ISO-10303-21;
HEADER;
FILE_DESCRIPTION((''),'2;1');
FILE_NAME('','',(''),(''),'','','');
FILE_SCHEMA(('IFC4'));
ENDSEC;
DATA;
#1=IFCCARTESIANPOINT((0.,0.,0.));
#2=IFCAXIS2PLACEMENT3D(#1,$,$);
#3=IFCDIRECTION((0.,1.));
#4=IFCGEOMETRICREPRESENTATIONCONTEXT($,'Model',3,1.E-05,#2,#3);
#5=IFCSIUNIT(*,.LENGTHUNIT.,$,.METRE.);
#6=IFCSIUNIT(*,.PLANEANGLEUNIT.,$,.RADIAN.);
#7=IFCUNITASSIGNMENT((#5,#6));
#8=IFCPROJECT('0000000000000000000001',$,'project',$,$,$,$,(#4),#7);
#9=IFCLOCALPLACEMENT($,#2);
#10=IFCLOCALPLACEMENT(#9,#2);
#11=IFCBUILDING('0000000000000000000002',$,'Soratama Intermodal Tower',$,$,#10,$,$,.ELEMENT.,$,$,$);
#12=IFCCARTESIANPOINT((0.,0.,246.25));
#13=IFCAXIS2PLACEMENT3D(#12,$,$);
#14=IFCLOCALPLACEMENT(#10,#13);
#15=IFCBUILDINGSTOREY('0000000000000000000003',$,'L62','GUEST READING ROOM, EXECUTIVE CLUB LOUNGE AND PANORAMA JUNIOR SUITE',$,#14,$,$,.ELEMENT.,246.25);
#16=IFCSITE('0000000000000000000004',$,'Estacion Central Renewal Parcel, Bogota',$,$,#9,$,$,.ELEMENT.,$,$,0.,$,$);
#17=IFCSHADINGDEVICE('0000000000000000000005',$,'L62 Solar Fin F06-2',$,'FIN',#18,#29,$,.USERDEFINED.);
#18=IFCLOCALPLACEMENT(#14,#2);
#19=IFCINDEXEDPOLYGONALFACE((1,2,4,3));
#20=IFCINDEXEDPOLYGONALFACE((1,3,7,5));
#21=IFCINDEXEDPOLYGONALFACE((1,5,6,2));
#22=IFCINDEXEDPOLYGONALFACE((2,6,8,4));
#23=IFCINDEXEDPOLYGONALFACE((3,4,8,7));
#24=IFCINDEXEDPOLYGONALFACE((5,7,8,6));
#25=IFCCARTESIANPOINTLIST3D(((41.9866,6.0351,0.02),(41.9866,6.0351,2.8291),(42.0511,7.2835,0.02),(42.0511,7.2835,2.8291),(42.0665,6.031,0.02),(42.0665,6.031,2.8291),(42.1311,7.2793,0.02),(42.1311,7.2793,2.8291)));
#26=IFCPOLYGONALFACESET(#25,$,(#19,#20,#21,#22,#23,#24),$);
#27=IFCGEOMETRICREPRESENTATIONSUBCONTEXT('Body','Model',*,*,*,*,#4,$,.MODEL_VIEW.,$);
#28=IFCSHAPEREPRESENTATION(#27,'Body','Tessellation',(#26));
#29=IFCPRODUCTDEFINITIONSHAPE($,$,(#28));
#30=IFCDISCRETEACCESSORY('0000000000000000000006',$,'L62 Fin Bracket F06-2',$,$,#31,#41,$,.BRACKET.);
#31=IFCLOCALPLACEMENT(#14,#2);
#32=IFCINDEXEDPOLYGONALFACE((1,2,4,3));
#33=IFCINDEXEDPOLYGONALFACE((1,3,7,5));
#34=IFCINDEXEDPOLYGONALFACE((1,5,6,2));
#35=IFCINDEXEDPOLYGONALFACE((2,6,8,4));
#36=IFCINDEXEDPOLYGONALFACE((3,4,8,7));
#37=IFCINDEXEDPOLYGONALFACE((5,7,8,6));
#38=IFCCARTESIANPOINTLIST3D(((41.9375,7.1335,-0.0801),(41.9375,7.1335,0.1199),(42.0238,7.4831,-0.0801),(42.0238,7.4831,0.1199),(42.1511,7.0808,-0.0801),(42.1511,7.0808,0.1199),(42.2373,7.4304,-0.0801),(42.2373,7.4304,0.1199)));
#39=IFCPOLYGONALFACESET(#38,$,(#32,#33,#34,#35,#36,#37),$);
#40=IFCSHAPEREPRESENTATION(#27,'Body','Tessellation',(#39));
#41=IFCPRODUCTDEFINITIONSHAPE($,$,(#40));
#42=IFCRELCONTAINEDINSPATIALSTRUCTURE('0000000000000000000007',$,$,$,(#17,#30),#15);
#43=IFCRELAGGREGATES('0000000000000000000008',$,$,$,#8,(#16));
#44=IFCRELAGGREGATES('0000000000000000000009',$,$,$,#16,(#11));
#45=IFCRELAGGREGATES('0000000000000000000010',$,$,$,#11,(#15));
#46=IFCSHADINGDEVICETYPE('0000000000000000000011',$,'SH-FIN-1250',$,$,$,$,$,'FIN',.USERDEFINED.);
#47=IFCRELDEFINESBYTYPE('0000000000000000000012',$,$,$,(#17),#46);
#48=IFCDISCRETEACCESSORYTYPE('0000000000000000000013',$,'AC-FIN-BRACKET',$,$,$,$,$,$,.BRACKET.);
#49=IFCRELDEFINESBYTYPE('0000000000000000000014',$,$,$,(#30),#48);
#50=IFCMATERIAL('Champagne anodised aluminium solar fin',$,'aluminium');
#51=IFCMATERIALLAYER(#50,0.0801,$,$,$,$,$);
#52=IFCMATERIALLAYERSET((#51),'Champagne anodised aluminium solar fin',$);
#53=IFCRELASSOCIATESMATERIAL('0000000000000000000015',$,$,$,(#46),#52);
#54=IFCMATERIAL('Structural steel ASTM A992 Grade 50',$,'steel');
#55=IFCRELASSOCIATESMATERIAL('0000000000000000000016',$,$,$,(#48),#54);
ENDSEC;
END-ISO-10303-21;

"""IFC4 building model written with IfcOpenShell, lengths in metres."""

from ifc_helpers import new_model, si_unit, direction, frame, origin, origin_2d, place, context, subcontext, project, spatial, rectangle, extrude, material, layer, layer_set, type_object, element, save


model = new_model("IFC4")

# Units and contexts
model_context = context("Model", 3, precision=1e-05, world=origin(), true_north=direction((0.0, 1.0)))
body_context = subcontext(model_context, "Body", "Model", "MODEL_VIEW")
ifc_project = project(units=[si_unit("LENGTHUNIT", "METRE"), si_unit("PLANEANGLEUNIT", "RADIAN")], contexts=[model_context])

# Site, building, storey
site_placement = place(None, origin())
site = spatial("IfcSite", under=ifc_project, at=site_placement, Name="Estacion Central Renewal Parcel, Bogota", CompositionType="ELEMENT", RefElevation=0.0)
building_placement = place(site_placement, origin())
building = spatial("IfcBuilding", under=site, at=building_placement, Name="Soratama Intermodal Tower", CompositionType="ELEMENT")
storey_placement = place(building_placement, frame((0.0, 0.0, 246.25)))
storey = spatial("IfcBuildingStorey", under=building, at=storey_placement, Name="L62", Description="GUEST READING ROOM, EXECUTIVE CLUB LOUNGE AND PANORAMA JUNIOR SUITE", CompositionType="ELEMENT", Elevation=246.25)

# Shading device
ifc_material_1 = material(Name="Champagne anodised aluminium solar fin", Category="aluminium")
ifc_layer_1 = layer(ifc_material_1, 0.0801)
ifc_layer_set_1 = layer_set([ifc_layer_1], Name="Champagne anodised aluminium solar fin")
shading_device_type = type_object("IfcShadingDeviceType", Name="SH-FIN-1250", ElementType="FIN", PredefinedType="USERDEFINED", material=ifc_layer_set_1)
shading_device_placement = place(storey_placement, frame((42.0588, 6.6572, 0.02), z_axis=(0.0, 0.0, 1.0), x_axis=(-0.051639, -0.998666, 0.0)))
element("IfcShadingDevice", 1, at=shading_device_placement, inside=storey, type_object=shading_device_type, Name="L62 Solar Fin F06-2", ObjectType="FIN", PredefinedType="USERDEFINED", context=body_context, shape_type="SweptSolid", body=[
    extrude(rectangle(XDim=1.25, YDim=0.0801, at=origin_2d()), origin(), (0.0, 0.0, 1.0), 2.8091),
])

# Discrete accessory
ifc_material_2 = material(Name="Structural steel ASTM A992 Grade 50", Category="steel")
discrete_accessory_type = type_object("IfcDiscreteAccessoryType", Name="AC-FIN-BRACKET", PredefinedType="BRACKET", material=ifc_material_2)
discrete_accessory_placement = place(storey_placement, frame((42.0874, 7.282, -0.0801), z_axis=(0.0, 0.0, 1.0), x_axis=(-0.23955, -0.970884, 0.0)))
element("IfcDiscreteAccessory", 2, at=discrete_accessory_placement, inside=storey, type_object=discrete_accessory_type, Name="L62 Fin Bracket F06-2", PredefinedType="BRACKET", context=body_context, shape_type="SweptSolid", body=[
    extrude(rectangle(XDim=0.3601, YDim=0.22, at=origin_2d()), origin(), (0.0, 0.0, 1.0), 0.2),
])

save(model, "model.ifc")
